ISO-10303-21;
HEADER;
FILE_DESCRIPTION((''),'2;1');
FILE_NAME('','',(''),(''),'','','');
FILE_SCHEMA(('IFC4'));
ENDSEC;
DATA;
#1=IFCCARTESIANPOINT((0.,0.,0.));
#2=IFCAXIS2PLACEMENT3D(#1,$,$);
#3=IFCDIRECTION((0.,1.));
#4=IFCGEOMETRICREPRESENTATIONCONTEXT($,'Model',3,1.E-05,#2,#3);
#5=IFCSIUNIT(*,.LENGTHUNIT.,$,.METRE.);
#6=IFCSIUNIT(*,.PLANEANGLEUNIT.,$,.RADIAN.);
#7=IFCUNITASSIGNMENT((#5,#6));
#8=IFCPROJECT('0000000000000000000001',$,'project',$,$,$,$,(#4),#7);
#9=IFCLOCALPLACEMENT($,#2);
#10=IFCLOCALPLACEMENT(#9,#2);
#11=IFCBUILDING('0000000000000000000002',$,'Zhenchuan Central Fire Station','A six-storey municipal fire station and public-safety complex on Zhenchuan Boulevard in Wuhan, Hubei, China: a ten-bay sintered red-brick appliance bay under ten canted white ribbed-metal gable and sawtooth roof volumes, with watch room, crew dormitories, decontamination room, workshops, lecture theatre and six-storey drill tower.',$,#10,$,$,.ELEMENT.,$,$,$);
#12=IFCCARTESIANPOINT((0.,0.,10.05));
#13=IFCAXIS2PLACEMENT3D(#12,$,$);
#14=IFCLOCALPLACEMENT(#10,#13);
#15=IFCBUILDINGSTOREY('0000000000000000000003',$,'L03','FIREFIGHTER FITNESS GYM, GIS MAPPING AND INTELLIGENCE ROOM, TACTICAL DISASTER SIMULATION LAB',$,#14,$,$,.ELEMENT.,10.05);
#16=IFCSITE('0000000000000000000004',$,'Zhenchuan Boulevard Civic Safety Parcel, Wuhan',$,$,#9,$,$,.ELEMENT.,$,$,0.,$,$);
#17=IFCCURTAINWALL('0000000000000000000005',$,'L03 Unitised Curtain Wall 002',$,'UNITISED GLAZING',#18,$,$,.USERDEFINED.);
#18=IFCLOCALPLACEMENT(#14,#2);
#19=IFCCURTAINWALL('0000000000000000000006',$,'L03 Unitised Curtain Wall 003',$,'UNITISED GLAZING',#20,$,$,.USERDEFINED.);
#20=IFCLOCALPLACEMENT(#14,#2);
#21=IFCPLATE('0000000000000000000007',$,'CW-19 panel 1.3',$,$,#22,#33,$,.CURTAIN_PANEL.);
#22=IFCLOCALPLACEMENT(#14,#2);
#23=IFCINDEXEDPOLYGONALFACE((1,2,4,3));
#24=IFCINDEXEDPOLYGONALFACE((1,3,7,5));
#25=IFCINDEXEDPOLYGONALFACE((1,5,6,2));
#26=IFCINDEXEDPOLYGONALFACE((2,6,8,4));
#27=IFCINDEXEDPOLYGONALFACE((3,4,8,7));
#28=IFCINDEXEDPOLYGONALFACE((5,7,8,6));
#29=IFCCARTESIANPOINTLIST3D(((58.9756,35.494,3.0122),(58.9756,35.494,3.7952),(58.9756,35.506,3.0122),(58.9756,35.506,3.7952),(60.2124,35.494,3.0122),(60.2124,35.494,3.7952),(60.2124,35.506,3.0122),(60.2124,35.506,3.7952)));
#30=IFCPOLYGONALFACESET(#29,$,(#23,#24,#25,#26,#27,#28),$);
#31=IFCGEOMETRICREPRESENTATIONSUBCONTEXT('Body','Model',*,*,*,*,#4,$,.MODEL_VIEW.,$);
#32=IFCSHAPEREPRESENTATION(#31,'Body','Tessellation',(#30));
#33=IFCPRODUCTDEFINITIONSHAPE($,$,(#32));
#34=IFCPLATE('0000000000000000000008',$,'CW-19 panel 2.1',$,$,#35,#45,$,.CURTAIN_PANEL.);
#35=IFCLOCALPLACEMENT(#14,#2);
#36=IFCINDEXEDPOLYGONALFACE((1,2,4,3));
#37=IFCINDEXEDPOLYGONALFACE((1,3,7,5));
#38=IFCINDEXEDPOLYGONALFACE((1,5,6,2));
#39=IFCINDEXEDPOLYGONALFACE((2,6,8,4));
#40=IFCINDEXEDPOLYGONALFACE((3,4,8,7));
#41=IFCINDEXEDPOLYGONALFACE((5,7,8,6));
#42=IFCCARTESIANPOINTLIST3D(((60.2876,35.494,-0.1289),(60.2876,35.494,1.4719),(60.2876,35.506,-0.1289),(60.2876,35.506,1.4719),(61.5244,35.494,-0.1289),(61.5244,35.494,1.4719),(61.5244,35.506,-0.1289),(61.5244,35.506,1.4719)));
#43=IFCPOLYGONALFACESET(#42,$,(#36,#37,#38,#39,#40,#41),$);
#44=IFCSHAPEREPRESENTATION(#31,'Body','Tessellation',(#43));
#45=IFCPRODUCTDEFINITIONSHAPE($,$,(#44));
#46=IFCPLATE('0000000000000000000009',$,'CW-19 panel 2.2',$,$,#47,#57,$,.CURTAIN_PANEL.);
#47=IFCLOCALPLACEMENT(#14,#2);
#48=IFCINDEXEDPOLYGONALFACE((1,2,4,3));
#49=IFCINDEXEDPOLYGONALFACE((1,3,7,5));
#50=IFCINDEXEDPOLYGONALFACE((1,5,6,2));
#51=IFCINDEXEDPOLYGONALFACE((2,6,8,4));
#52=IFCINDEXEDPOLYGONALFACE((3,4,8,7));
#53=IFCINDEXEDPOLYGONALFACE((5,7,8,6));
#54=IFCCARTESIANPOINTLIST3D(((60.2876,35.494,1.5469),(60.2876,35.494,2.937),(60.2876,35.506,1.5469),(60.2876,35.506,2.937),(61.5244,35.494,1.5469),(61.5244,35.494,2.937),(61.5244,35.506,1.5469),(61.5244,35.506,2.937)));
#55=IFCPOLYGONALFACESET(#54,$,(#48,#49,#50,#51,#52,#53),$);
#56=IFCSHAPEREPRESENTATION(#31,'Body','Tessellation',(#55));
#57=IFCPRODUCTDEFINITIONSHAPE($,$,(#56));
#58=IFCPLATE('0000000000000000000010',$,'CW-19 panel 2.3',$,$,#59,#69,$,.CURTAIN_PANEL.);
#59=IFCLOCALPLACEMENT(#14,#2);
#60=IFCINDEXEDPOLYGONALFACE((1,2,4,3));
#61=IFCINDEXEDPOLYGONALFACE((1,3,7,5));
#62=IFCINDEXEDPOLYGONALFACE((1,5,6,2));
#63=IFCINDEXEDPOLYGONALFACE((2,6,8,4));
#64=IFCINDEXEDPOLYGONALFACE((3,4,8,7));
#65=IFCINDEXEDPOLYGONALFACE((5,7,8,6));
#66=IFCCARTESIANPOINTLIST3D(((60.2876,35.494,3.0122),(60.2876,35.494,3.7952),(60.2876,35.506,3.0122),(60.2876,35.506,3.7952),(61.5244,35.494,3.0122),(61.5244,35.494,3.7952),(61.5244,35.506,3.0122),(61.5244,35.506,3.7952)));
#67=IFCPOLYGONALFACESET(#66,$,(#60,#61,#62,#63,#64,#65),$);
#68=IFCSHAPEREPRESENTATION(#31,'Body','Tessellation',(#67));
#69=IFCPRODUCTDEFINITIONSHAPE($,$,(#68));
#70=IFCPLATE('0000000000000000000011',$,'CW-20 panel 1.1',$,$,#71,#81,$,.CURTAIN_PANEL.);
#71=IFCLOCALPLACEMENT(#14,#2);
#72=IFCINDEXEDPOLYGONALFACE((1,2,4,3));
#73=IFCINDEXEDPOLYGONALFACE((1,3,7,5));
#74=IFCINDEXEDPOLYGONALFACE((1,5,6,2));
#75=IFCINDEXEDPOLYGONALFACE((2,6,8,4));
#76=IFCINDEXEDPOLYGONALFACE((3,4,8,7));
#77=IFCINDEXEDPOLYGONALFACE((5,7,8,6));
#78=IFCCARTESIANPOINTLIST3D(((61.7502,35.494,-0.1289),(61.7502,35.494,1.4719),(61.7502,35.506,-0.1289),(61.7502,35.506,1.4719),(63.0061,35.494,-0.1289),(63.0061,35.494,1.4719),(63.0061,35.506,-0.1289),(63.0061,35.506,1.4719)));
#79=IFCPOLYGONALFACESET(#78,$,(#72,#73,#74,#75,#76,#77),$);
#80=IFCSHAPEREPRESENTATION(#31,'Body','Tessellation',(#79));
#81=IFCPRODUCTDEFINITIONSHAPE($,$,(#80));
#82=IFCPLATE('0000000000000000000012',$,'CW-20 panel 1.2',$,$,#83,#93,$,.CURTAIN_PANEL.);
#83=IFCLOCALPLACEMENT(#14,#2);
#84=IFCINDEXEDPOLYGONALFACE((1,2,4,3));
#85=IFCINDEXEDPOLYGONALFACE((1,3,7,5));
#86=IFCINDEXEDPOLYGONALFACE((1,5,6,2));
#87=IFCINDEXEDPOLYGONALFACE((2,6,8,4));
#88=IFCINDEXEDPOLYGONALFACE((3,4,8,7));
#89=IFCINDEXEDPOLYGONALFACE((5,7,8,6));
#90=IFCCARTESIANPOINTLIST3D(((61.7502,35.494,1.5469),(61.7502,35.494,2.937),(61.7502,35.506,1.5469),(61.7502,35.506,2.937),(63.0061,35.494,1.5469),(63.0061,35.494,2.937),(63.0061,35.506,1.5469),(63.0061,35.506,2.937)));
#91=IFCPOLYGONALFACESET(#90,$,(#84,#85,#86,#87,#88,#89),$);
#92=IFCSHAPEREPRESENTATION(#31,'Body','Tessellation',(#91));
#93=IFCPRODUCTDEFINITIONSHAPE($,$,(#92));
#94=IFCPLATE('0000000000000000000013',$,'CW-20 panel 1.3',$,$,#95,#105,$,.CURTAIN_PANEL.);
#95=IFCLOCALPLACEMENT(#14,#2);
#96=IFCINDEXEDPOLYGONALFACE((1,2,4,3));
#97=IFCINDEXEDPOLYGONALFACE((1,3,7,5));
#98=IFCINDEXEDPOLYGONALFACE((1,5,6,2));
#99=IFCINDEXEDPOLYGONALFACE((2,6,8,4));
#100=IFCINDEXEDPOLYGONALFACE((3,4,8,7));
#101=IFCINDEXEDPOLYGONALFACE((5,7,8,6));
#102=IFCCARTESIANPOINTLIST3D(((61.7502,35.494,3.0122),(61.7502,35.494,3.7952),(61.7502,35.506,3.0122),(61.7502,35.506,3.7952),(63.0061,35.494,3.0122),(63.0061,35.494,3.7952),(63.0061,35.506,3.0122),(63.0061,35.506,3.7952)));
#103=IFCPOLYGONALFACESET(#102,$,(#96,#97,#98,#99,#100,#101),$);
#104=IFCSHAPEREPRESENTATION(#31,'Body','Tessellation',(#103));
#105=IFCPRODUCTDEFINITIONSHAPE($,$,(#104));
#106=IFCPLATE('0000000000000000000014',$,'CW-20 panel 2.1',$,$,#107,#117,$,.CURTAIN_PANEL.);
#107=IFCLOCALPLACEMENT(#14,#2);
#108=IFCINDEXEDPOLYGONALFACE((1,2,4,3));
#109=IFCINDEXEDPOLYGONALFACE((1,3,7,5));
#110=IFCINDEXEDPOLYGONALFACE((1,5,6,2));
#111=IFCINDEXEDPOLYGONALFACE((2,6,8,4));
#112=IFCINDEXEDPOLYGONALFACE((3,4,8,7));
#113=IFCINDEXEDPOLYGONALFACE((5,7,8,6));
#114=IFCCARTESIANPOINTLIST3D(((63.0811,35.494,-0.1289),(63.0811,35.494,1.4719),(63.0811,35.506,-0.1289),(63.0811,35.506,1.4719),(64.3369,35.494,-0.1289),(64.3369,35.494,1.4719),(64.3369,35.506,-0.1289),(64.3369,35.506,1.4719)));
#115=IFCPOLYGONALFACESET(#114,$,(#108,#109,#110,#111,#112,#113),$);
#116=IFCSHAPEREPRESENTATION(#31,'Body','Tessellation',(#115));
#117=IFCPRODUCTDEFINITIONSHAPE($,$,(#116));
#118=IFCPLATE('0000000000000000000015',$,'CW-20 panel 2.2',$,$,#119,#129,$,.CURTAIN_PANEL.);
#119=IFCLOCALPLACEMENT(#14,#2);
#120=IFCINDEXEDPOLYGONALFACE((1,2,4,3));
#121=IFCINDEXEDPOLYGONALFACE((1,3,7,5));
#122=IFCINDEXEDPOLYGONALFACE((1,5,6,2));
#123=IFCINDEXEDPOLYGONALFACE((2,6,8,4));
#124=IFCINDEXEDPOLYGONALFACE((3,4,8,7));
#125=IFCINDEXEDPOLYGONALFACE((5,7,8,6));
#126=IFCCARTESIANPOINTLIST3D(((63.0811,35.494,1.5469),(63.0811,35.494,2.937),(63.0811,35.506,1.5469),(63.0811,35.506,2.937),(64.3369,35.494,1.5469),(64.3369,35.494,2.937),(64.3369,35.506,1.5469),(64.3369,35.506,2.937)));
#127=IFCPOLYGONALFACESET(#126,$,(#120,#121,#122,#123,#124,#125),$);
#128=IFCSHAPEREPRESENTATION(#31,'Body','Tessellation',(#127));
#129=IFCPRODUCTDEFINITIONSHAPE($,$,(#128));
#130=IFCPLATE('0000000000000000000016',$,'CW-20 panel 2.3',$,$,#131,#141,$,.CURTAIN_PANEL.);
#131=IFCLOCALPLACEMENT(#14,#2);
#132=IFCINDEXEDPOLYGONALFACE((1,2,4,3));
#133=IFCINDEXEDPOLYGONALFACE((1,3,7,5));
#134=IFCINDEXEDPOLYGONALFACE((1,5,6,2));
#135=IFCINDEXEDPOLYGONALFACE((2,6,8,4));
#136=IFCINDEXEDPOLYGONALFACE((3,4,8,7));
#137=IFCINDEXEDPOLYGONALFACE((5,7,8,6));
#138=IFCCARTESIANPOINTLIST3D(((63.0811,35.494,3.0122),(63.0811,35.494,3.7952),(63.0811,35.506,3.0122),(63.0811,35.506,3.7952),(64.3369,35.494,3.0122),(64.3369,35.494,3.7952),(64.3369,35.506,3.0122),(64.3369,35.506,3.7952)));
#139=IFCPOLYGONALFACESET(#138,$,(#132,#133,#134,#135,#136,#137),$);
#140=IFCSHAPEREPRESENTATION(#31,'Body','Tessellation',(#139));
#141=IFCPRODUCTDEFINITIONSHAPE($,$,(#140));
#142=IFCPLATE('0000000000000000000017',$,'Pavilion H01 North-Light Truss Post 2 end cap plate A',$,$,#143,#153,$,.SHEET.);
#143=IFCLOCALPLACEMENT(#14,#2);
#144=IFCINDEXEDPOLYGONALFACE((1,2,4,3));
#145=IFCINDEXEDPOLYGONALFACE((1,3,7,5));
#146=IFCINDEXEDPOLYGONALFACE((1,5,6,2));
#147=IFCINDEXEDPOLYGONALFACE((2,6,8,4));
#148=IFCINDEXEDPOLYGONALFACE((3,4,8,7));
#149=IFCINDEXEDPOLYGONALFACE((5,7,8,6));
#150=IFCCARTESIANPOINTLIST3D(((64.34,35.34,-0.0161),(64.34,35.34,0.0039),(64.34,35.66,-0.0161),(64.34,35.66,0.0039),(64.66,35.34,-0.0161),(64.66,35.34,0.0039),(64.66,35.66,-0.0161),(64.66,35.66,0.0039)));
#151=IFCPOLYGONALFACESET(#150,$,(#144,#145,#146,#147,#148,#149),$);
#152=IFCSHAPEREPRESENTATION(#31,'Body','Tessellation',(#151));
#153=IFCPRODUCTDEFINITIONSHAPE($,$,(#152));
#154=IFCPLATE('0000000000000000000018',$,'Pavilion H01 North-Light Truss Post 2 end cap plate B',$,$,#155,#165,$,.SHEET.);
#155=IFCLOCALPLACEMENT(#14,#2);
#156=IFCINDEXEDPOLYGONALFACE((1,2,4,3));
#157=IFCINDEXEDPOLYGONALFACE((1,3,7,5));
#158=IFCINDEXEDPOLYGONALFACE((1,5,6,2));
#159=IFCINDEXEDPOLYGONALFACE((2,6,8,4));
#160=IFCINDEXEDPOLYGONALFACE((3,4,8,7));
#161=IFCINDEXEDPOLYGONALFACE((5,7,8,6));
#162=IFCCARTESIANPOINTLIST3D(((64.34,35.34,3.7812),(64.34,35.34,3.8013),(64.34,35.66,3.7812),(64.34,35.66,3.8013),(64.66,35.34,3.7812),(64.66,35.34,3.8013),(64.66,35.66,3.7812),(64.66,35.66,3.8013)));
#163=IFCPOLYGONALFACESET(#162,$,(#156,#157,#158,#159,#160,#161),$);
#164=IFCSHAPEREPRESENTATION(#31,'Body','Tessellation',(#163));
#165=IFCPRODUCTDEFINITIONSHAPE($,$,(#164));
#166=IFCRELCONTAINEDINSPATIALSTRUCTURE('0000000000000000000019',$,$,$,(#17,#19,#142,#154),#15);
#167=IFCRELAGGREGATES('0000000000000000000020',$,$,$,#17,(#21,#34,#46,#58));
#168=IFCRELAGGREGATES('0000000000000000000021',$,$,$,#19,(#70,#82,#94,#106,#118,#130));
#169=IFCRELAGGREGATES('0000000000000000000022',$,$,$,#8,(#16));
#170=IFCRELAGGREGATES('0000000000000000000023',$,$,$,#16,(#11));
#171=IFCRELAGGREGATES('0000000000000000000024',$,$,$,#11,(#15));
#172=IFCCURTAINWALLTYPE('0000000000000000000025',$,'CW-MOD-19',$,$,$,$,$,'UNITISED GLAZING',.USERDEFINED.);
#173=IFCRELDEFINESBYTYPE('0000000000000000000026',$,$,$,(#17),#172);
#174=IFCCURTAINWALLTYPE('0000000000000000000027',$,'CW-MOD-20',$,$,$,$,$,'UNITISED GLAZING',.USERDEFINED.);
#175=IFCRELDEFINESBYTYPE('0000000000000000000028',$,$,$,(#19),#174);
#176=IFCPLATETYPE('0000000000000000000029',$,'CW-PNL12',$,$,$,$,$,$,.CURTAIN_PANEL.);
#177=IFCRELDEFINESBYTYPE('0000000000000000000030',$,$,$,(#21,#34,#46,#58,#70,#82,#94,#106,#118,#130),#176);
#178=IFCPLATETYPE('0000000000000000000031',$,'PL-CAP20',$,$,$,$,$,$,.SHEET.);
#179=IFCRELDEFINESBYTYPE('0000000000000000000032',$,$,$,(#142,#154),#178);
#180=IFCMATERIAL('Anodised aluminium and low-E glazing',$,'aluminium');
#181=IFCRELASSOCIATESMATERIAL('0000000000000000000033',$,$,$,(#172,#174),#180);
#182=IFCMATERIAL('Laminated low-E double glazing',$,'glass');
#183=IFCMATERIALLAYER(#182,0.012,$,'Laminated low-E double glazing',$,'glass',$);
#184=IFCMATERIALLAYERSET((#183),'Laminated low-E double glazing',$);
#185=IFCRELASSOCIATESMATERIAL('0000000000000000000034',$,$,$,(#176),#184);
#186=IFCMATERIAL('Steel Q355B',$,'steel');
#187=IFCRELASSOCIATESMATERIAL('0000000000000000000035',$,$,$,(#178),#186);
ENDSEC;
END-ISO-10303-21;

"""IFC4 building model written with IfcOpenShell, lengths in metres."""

from ifc_helpers import new_model, si_unit, direction, frame, origin, origin_2d, place, context, subcontext, project, spatial, rectangle, extrude, material, layer, layer_set, material_profile, profile_set, type_object, element, aggregate, save


model = new_model("IFC4")

# Units and contexts
model_context = context("Model", 3, precision=1e-05, world=origin(), true_north=direction((0.0, 1.0)))
body_context = subcontext(model_context, "Body", "Model", "MODEL_VIEW")
ifc_project = project(units=[si_unit("LENGTHUNIT", "METRE"), si_unit("PLANEANGLEUNIT", "RADIAN")], contexts=[model_context])

# Site, building, storey
site_placement = place(None, origin())
site = spatial("IfcSite", under=ifc_project, at=site_placement, Name="Zhenchuan Boulevard Civic Safety Parcel, Wuhan", CompositionType="ELEMENT", RefElevation=0.0)
building_placement = place(site_placement, origin())
building = spatial("IfcBuilding", under=site, at=building_placement, Name="Zhenchuan Central Fire Station", Description="A six-storey municipal fire station and public-safety complex on Zhenchuan Boulevard in Wuhan, Hubei, China: a ten-bay sintered red-brick appliance bay under ten canted white ribbed-metal gable and sawtooth roof volumes, with watch room, crew dormitories, decontamination room, workshops, lecture theatre and six-storey drill tower.", CompositionType="ELEMENT")
storey_placement = place(building_placement, frame((0.0, 0.0, 10.05)))
storey = spatial("IfcBuildingStorey", under=building, at=storey_placement, Name="L03", Description="FIREFIGHTER FITNESS GYM, GIS MAPPING AND INTELLIGENCE ROOM, TACTICAL DISASTER SIMULATION LAB", CompositionType="ELEMENT", Elevation=10.05)

# Curtain walls
ifc_material_1 = material(Name="Anodised aluminium and low-E glazing", Category="aluminium")
curtain_wall_type_1 = type_object("IfcCurtainWallType", Name="CW-MOD-19", ElementType="UNITISED GLAZING", PredefinedType="USERDEFINED", material=ifc_material_1)
curtain_wall_1_placement = place(storey_placement, origin())
curtain_wall_1 = element("IfcCurtainWall", 1, at=curtain_wall_1_placement, inside=storey, type_object=curtain_wall_type_1, Name="L03 Unitised Curtain Wall 002", ObjectType="UNITISED GLAZING", PredefinedType="USERDEFINED")
curtain_wall_type_2 = type_object("IfcCurtainWallType", Name="CW-MOD-20", ElementType="UNITISED GLAZING", PredefinedType="USERDEFINED", material=ifc_material_1)
curtain_wall_2_placement = place(storey_placement, origin())
curtain_wall_2 = element("IfcCurtainWall", 2, at=curtain_wall_2_placement, inside=storey, type_object=curtain_wall_type_2, Name="L03 Unitised Curtain Wall 003", ObjectType="UNITISED GLAZING", PredefinedType="USERDEFINED")

# Shared definitions
ifc_material_2 = material(Name="Steel Q355B", Category="steel")

# Plates
ifc_material_3 = material(Name="Laminated low-E double glazing", Category="glass")
ifc_layer = layer(ifc_material_3, 0.012, Name="Laminated low-E double glazing", Category="glass")
ifc_layer_set = layer_set([ifc_layer], Name="Laminated low-E double glazing")
plate_type_1 = type_object("IfcPlateType", Name="CW-PNL12", PredefinedType="CURTAIN_PANEL", material=ifc_layer_set)
plate_1_placement = place(storey_placement, frame((59.594, 35.5, 3.0122), z_axis=(0.0, 0.0, 1.0), x_axis=(1.0, 0.0, 0.0)))
plate_1 = element("IfcPlate", 3, at=plate_1_placement, type_object=plate_type_1, Name="CW-19 panel 1.3", PredefinedType="CURTAIN_PANEL", context=body_context, shape_type="SweptSolid", body=[
    extrude(rectangle(XDim=1.2368, YDim=0.012, at=origin_2d()), origin(), (0.0, 0.0, 1.0), 0.783),
])
plate_2_placement = place(storey_placement, frame((60.906, 35.5, -0.1289), z_axis=(0.0, 0.0, 1.0), x_axis=(1.0, 0.0, 0.0)))
plate_2 = element("IfcPlate", 4, at=plate_2_placement, type_object=plate_type_1, Name="CW-19 panel 2.1", PredefinedType="CURTAIN_PANEL", context=body_context, shape_type="SweptSolid", body=[
    extrude(rectangle(XDim=1.2368, YDim=0.012, at=origin_2d()), origin(), (0.0, 0.0, 1.0), 1.6008),
])
plate_3_placement = place(storey_placement, frame((60.906, 35.5, 1.5469), z_axis=(0.0, 0.0, 1.0), x_axis=(1.0, 0.0, 0.0)))
plate_3 = element("IfcPlate", 5, at=plate_3_placement, type_object=plate_type_1, Name="CW-19 panel 2.2", PredefinedType="CURTAIN_PANEL", context=body_context, shape_type="SweptSolid", body=[
    extrude(rectangle(XDim=1.2368, YDim=0.012, at=origin_2d()), origin(), (0.0, 0.0, 1.0), 1.3901),
])
plate_4_placement = place(storey_placement, frame((60.906, 35.5, 3.0122), z_axis=(0.0, 0.0, 1.0), x_axis=(1.0, 0.0, 0.0)))
plate_4 = element("IfcPlate", 6, at=plate_4_placement, type_object=plate_type_1, Name="CW-19 panel 2.3", PredefinedType="CURTAIN_PANEL", context=body_context, shape_type="SweptSolid", body=[
    extrude(rectangle(XDim=1.2368, YDim=0.012, at=origin_2d()), origin(), (0.0, 0.0, 1.0), 0.783),
])
aggregate(curtain_wall_1, [plate_1, plate_2, plate_3, plate_4])
plate_5_placement = place(storey_placement, frame((62.3782, 35.5, -0.1289), z_axis=(0.0, 0.0, 1.0), x_axis=(1.0, 0.0, 0.0)))
plate_5 = element("IfcPlate", 7, at=plate_5_placement, type_object=plate_type_1, Name="CW-20 panel 1.1", PredefinedType="CURTAIN_PANEL", context=body_context, shape_type="SweptSolid", body=[
    extrude(rectangle(XDim=1.2559, YDim=0.012, at=origin_2d()), origin(), (0.0, 0.0, 1.0), 1.6008),
])
plate_6_placement = place(storey_placement, frame((62.3782, 35.5, 1.5469), z_axis=(0.0, 0.0, 1.0), x_axis=(1.0, 0.0, 0.0)))
plate_6 = element("IfcPlate", 8, at=plate_6_placement, type_object=plate_type_1, Name="CW-20 panel 1.2", PredefinedType="CURTAIN_PANEL", context=body_context, shape_type="SweptSolid", body=[
    extrude(rectangle(XDim=1.2559, YDim=0.012, at=origin_2d()), origin(), (0.0, 0.0, 1.0), 1.3901),
])
plate_7_placement = place(storey_placement, frame((62.3782, 35.5, 3.0122), z_axis=(0.0, 0.0, 1.0), x_axis=(1.0, 0.0, 0.0)))
plate_7 = element("IfcPlate", 9, at=plate_7_placement, type_object=plate_type_1, Name="CW-20 panel 1.3", PredefinedType="CURTAIN_PANEL", context=body_context, shape_type="SweptSolid", body=[
    extrude(rectangle(XDim=1.2559, YDim=0.012, at=origin_2d()), origin(), (0.0, 0.0, 1.0), 0.783),
])
plate_8_placement = place(storey_placement, frame((63.709, 35.5, -0.1289), z_axis=(0.0, 0.0, 1.0), x_axis=(1.0, 0.0, 0.0)))
plate_8 = element("IfcPlate", 10, at=plate_8_placement, type_object=plate_type_1, Name="CW-20 panel 2.1", PredefinedType="CURTAIN_PANEL", context=body_context, shape_type="SweptSolid", body=[
    extrude(rectangle(XDim=1.2559, YDim=0.012, at=origin_2d()), origin(), (0.0, 0.0, 1.0), 1.6008),
])
plate_9_placement = place(storey_placement, frame((63.709, 35.5, 1.5469), z_axis=(0.0, 0.0, 1.0), x_axis=(1.0, 0.0, 0.0)))
plate_9 = element("IfcPlate", 11, at=plate_9_placement, type_object=plate_type_1, Name="CW-20 panel 2.2", PredefinedType="CURTAIN_PANEL", context=body_context, shape_type="SweptSolid", body=[
    extrude(rectangle(XDim=1.2559, YDim=0.012, at=origin_2d()), origin(), (0.0, 0.0, 1.0), 1.3901),
])
plate_10_placement = place(storey_placement, frame((63.709, 35.5, 3.0122), z_axis=(0.0, 0.0, 1.0), x_axis=(1.0, 0.0, 0.0)))
plate_10 = element("IfcPlate", 12, at=plate_10_placement, type_object=plate_type_1, Name="CW-20 panel 2.3", PredefinedType="CURTAIN_PANEL", context=body_context, shape_type="SweptSolid", body=[
    extrude(rectangle(XDim=1.2559, YDim=0.012, at=origin_2d()), origin(), (0.0, 0.0, 1.0), 0.783),
])
aggregate(curtain_wall_2, [plate_5, plate_6, plate_7, plate_8, plate_9, plate_10])

# Plates
ifc_material_profile_1 = material_profile(ifc_material_2, rectangle(XDim=0.3201, YDim=0.3201, at=origin_2d()), Name="PL 320x320x20")
ifc_profile_set_1 = profile_set([ifc_material_profile_1], Name="Steel Q355B")
plate_type_2 = type_object("IfcPlateType", Name="PL-CAP20", PredefinedType="SHEET", material=ifc_profile_set_1)
for number, where, z_axis, x_axis, name in (
    (13, (64.5, 35.5, -0.0161), (0.0, 0.0, 1.0), (1.0, 0.0, 0.0), "Pavilion H01 North-Light Truss Post 2 end cap plate A"),
    (14, (64.5, 35.5, 3.7812), (0.0, 0.0, 1.0), (1.0, 0.0, 0.0), "Pavilion H01 North-Light Truss Post 2 end cap plate B"),
):
    element("IfcPlate", number, at=place(storey_placement, frame(where, z_axis=z_axis, x_axis=x_axis)), inside=storey, type_object=plate_type_2, Name=name, PredefinedType="SHEET", context=body_context, shape_type="SweptSolid", body=[
        extrude(rectangle(XDim=0.3201, YDim=0.3201, at=origin_2d()), origin(), (0.0, 0.0, 1.0), 0.02),
    ])

save(model, "model.ifc")
